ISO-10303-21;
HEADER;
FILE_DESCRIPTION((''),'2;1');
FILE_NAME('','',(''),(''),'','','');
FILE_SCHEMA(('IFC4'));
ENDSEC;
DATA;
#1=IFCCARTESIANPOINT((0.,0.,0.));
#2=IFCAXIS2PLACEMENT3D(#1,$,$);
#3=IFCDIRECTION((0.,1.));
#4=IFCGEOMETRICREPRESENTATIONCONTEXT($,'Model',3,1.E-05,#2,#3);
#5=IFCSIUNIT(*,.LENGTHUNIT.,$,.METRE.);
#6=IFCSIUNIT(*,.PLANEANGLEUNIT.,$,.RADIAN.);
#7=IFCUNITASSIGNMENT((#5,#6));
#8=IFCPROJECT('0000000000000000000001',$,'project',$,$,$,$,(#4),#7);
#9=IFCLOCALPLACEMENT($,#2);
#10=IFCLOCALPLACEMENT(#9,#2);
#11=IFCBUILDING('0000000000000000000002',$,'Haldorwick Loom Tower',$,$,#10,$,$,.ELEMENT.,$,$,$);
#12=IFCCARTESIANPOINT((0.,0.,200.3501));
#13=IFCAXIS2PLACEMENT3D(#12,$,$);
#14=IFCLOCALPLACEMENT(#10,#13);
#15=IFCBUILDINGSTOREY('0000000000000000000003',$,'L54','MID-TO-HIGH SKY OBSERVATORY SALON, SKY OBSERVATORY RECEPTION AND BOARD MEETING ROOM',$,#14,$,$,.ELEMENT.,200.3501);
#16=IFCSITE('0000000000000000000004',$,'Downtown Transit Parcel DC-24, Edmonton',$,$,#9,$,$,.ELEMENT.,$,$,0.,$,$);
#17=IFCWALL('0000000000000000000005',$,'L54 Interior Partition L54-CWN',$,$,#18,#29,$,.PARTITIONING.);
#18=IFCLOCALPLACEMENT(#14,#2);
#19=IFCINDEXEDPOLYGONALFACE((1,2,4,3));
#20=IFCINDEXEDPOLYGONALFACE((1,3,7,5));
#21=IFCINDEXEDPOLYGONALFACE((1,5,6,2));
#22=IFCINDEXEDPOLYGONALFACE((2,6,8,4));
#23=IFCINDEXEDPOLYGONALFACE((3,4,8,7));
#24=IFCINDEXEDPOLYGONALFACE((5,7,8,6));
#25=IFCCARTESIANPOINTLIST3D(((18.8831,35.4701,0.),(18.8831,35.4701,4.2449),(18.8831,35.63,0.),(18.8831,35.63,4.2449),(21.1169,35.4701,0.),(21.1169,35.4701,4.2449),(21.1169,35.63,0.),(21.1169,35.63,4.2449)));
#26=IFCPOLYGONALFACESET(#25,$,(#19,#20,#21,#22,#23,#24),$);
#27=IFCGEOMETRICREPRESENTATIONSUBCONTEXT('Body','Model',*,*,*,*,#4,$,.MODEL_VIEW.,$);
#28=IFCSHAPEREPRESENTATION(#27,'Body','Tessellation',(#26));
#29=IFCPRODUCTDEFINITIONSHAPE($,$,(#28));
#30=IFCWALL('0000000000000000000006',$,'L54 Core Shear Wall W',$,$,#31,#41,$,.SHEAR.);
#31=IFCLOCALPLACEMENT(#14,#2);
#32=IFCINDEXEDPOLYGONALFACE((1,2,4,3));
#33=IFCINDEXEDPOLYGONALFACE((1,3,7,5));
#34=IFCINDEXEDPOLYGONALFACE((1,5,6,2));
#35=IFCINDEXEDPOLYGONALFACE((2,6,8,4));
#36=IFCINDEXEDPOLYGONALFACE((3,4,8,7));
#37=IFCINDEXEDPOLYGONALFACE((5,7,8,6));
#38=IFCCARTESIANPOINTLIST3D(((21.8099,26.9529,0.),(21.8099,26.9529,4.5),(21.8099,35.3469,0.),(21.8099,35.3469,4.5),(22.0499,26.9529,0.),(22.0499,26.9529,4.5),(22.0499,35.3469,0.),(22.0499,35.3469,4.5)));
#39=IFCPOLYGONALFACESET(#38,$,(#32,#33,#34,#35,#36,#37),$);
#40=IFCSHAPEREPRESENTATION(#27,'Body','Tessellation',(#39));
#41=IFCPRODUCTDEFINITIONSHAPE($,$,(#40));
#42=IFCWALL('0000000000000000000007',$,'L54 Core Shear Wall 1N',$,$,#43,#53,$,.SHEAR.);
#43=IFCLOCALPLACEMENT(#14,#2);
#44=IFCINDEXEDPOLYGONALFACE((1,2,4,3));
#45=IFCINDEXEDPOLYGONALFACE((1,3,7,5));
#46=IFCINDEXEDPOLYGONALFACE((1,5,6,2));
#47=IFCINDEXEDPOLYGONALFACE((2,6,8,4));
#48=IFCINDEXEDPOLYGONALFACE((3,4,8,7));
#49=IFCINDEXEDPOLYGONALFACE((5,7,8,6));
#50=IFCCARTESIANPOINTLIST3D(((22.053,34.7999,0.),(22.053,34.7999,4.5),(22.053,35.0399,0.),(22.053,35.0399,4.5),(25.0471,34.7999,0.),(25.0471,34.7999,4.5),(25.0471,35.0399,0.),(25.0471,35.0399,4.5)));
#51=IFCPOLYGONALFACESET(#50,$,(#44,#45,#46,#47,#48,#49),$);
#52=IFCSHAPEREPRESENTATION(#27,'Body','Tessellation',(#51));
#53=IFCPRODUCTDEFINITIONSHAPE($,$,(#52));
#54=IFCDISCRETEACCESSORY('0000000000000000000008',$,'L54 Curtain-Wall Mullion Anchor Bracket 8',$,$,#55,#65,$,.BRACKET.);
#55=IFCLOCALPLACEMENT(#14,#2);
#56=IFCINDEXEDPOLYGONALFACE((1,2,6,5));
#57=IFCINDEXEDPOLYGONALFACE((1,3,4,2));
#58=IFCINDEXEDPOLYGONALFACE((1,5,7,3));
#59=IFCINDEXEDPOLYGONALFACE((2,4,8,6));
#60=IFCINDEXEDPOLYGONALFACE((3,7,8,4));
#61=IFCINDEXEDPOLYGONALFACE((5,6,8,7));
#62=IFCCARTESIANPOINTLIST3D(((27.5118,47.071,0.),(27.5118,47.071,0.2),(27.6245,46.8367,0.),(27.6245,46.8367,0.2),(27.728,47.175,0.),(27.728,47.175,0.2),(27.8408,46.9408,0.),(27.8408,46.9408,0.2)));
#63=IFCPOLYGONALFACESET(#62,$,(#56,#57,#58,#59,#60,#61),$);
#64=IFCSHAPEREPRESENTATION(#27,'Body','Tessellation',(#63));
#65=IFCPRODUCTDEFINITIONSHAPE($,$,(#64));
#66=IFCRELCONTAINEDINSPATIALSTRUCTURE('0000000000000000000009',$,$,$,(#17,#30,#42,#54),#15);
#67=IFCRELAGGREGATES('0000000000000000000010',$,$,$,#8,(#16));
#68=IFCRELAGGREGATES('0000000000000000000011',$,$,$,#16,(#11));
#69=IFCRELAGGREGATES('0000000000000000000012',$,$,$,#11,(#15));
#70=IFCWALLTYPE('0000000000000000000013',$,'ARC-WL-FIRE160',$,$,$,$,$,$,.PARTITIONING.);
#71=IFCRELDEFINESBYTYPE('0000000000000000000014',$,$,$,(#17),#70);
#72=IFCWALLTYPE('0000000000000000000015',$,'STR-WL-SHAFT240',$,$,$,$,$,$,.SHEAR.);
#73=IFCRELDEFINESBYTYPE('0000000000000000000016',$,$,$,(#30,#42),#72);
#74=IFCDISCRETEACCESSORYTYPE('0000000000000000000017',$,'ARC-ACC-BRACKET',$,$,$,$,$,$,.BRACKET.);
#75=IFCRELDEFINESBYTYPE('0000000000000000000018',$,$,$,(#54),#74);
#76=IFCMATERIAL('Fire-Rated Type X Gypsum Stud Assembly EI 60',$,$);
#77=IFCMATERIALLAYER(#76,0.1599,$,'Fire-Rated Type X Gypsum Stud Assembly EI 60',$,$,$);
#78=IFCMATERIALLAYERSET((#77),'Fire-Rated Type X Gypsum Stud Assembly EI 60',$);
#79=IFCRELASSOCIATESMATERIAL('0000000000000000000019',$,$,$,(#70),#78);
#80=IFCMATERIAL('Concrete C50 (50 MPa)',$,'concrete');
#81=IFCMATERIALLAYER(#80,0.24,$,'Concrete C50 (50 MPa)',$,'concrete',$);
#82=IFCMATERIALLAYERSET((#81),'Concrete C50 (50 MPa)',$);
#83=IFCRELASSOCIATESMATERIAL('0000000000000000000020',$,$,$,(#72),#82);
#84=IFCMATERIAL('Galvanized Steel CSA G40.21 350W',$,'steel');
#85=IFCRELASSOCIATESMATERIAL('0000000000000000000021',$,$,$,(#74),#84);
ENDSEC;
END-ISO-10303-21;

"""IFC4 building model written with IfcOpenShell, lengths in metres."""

from ifc_helpers import new_model, si_unit, direction, frame, frame_2d, origin, origin_2d, place, context, subcontext, project, spatial, rectangle, extrude, material, layer, layer_set, type_object, element, save


model = new_model("IFC4")

# Units and contexts
model_context = context("Model", 3, precision=1e-05, world=origin(), true_north=direction((0.0, 1.0)))
body_context = subcontext(model_context, "Body", "Model", "MODEL_VIEW")
ifc_project = project(units=[si_unit("LENGTHUNIT", "METRE"), si_unit("PLANEANGLEUNIT", "RADIAN")], contexts=[model_context])

# Site, building, storey
site_placement = place(None, origin())
site = spatial("IfcSite", under=ifc_project, at=site_placement, Name="Downtown Transit Parcel DC-24, Edmonton", CompositionType="ELEMENT", RefElevation=0.0)
building_placement = place(site_placement, origin())
building = spatial("IfcBuilding", under=site, at=building_placement, Name="Haldorwick Loom Tower", CompositionType="ELEMENT")
storey_placement = place(building_placement, frame((0.0, 0.0, 200.3501)))
storey = spatial("IfcBuildingStorey", under=building, at=storey_placement, Name="L54", Description="MID-TO-HIGH SKY OBSERVATORY SALON, SKY OBSERVATORY RECEPTION AND BOARD MEETING ROOM", CompositionType="ELEMENT", Elevation=200.3501)

# Shared definitions
ifc_material_1 = material(Name="Concrete C50 (50 MPa)", Category="concrete")

# Walls
ifc_material_2 = material(Name="Fire-Rated Type X Gypsum Stud Assembly EI 60")
ifc_layer_1 = layer(ifc_material_2, 0.1599, Name="Fire-Rated Type X Gypsum Stud Assembly EI 60")
ifc_layer_set_1 = layer_set([ifc_layer_1], Name="Fire-Rated Type X Gypsum Stud Assembly EI 60")
wall_type_1 = type_object("IfcWallType", Name="ARC-WL-FIRE160", PredefinedType="PARTITIONING", material=ifc_layer_set_1)
wall_1_placement = place(storey_placement, frame((18.8831, 35.55, 0.0), z_axis=(0.0, 0.0, 1.0), x_axis=(1.0, 0.0, 0.0)))
element("IfcWall", 1, at=wall_1_placement, inside=storey, type_object=wall_type_1, Name="L54 Interior Partition L54-CWN", PredefinedType="PARTITIONING", context=body_context, shape_type="SweptSolid", body=[
    extrude(rectangle(XDim=2.2339, YDim=0.1599, at=frame_2d((1.1169, 0.0))), origin(), (0.0, 0.0, 1.0), 4.2449),
])
ifc_layer_2 = layer(ifc_material_1, 0.24, Name="Concrete C50 (50 MPa)", Category="concrete")
ifc_layer_set_2 = layer_set([ifc_layer_2], Name="Concrete C50 (50 MPa)")
wall_type_2 = type_object("IfcWallType", Name="STR-WL-SHAFT240", PredefinedType="SHEAR", material=ifc_layer_set_2)
wall_2_placement = place(storey_placement, frame((21.9299, 35.3469, 0.0), z_axis=(0.0, 0.0, 1.0), x_axis=(0.0, -1.0, 0.0)))
element("IfcWall", 2, at=wall_2_placement, inside=storey, type_object=wall_type_2, Name="L54 Core Shear Wall W", PredefinedType="SHEAR", context=body_context, shape_type="SweptSolid", body=[
    extrude(rectangle(XDim=8.394, YDim=0.24, at=frame_2d((4.197, 0.0))), origin(), (0.0, 0.0, 1.0), 4.5),
])
wall_3_placement = place(storey_placement, frame((22.053, 34.9199, 0.0), z_axis=(0.0, 0.0, 1.0), x_axis=(1.0, 0.0, 0.0)))
element("IfcWall", 3, at=wall_3_placement, inside=storey, type_object=wall_type_2, Name="L54 Core Shear Wall 1N", PredefinedType="SHEAR", context=body_context, shape_type="SweptSolid", body=[
    extrude(rectangle(XDim=2.9941, YDim=0.24, at=frame_2d((1.4971, 0.0))), origin(), (0.0, 0.0, 1.0), 4.5),
])

# Discrete accessory
ifc_material_3 = material(Name="Galvanized Steel CSA G40.21 350W", Category="steel")
discrete_accessory_type = type_object("IfcDiscreteAccessoryType", Name="ARC-ACC-BRACKET", PredefinedType="BRACKET", material=ifc_material_3)
discrete_accessory_placement = place(storey_placement, frame((27.6763, 47.0059, 0.0), z_axis=(0.0, 0.0, 1.0), x_axis=(-0.433659, 0.901077, 0.0)))
element("IfcDiscreteAccessory", 4, at=discrete_accessory_placement, inside=storey, type_object=discrete_accessory_type, Name="L54 Curtain-Wall Mullion Anchor Bracket 8", PredefinedType="BRACKET", context=body_context, shape_type="SweptSolid", body=[
    extrude(rectangle(XDim=0.26, YDim=0.24, at=origin_2d()), origin(), (0.0, 0.0, 1.0), 0.2),
])

save(model, "model.ifc")
